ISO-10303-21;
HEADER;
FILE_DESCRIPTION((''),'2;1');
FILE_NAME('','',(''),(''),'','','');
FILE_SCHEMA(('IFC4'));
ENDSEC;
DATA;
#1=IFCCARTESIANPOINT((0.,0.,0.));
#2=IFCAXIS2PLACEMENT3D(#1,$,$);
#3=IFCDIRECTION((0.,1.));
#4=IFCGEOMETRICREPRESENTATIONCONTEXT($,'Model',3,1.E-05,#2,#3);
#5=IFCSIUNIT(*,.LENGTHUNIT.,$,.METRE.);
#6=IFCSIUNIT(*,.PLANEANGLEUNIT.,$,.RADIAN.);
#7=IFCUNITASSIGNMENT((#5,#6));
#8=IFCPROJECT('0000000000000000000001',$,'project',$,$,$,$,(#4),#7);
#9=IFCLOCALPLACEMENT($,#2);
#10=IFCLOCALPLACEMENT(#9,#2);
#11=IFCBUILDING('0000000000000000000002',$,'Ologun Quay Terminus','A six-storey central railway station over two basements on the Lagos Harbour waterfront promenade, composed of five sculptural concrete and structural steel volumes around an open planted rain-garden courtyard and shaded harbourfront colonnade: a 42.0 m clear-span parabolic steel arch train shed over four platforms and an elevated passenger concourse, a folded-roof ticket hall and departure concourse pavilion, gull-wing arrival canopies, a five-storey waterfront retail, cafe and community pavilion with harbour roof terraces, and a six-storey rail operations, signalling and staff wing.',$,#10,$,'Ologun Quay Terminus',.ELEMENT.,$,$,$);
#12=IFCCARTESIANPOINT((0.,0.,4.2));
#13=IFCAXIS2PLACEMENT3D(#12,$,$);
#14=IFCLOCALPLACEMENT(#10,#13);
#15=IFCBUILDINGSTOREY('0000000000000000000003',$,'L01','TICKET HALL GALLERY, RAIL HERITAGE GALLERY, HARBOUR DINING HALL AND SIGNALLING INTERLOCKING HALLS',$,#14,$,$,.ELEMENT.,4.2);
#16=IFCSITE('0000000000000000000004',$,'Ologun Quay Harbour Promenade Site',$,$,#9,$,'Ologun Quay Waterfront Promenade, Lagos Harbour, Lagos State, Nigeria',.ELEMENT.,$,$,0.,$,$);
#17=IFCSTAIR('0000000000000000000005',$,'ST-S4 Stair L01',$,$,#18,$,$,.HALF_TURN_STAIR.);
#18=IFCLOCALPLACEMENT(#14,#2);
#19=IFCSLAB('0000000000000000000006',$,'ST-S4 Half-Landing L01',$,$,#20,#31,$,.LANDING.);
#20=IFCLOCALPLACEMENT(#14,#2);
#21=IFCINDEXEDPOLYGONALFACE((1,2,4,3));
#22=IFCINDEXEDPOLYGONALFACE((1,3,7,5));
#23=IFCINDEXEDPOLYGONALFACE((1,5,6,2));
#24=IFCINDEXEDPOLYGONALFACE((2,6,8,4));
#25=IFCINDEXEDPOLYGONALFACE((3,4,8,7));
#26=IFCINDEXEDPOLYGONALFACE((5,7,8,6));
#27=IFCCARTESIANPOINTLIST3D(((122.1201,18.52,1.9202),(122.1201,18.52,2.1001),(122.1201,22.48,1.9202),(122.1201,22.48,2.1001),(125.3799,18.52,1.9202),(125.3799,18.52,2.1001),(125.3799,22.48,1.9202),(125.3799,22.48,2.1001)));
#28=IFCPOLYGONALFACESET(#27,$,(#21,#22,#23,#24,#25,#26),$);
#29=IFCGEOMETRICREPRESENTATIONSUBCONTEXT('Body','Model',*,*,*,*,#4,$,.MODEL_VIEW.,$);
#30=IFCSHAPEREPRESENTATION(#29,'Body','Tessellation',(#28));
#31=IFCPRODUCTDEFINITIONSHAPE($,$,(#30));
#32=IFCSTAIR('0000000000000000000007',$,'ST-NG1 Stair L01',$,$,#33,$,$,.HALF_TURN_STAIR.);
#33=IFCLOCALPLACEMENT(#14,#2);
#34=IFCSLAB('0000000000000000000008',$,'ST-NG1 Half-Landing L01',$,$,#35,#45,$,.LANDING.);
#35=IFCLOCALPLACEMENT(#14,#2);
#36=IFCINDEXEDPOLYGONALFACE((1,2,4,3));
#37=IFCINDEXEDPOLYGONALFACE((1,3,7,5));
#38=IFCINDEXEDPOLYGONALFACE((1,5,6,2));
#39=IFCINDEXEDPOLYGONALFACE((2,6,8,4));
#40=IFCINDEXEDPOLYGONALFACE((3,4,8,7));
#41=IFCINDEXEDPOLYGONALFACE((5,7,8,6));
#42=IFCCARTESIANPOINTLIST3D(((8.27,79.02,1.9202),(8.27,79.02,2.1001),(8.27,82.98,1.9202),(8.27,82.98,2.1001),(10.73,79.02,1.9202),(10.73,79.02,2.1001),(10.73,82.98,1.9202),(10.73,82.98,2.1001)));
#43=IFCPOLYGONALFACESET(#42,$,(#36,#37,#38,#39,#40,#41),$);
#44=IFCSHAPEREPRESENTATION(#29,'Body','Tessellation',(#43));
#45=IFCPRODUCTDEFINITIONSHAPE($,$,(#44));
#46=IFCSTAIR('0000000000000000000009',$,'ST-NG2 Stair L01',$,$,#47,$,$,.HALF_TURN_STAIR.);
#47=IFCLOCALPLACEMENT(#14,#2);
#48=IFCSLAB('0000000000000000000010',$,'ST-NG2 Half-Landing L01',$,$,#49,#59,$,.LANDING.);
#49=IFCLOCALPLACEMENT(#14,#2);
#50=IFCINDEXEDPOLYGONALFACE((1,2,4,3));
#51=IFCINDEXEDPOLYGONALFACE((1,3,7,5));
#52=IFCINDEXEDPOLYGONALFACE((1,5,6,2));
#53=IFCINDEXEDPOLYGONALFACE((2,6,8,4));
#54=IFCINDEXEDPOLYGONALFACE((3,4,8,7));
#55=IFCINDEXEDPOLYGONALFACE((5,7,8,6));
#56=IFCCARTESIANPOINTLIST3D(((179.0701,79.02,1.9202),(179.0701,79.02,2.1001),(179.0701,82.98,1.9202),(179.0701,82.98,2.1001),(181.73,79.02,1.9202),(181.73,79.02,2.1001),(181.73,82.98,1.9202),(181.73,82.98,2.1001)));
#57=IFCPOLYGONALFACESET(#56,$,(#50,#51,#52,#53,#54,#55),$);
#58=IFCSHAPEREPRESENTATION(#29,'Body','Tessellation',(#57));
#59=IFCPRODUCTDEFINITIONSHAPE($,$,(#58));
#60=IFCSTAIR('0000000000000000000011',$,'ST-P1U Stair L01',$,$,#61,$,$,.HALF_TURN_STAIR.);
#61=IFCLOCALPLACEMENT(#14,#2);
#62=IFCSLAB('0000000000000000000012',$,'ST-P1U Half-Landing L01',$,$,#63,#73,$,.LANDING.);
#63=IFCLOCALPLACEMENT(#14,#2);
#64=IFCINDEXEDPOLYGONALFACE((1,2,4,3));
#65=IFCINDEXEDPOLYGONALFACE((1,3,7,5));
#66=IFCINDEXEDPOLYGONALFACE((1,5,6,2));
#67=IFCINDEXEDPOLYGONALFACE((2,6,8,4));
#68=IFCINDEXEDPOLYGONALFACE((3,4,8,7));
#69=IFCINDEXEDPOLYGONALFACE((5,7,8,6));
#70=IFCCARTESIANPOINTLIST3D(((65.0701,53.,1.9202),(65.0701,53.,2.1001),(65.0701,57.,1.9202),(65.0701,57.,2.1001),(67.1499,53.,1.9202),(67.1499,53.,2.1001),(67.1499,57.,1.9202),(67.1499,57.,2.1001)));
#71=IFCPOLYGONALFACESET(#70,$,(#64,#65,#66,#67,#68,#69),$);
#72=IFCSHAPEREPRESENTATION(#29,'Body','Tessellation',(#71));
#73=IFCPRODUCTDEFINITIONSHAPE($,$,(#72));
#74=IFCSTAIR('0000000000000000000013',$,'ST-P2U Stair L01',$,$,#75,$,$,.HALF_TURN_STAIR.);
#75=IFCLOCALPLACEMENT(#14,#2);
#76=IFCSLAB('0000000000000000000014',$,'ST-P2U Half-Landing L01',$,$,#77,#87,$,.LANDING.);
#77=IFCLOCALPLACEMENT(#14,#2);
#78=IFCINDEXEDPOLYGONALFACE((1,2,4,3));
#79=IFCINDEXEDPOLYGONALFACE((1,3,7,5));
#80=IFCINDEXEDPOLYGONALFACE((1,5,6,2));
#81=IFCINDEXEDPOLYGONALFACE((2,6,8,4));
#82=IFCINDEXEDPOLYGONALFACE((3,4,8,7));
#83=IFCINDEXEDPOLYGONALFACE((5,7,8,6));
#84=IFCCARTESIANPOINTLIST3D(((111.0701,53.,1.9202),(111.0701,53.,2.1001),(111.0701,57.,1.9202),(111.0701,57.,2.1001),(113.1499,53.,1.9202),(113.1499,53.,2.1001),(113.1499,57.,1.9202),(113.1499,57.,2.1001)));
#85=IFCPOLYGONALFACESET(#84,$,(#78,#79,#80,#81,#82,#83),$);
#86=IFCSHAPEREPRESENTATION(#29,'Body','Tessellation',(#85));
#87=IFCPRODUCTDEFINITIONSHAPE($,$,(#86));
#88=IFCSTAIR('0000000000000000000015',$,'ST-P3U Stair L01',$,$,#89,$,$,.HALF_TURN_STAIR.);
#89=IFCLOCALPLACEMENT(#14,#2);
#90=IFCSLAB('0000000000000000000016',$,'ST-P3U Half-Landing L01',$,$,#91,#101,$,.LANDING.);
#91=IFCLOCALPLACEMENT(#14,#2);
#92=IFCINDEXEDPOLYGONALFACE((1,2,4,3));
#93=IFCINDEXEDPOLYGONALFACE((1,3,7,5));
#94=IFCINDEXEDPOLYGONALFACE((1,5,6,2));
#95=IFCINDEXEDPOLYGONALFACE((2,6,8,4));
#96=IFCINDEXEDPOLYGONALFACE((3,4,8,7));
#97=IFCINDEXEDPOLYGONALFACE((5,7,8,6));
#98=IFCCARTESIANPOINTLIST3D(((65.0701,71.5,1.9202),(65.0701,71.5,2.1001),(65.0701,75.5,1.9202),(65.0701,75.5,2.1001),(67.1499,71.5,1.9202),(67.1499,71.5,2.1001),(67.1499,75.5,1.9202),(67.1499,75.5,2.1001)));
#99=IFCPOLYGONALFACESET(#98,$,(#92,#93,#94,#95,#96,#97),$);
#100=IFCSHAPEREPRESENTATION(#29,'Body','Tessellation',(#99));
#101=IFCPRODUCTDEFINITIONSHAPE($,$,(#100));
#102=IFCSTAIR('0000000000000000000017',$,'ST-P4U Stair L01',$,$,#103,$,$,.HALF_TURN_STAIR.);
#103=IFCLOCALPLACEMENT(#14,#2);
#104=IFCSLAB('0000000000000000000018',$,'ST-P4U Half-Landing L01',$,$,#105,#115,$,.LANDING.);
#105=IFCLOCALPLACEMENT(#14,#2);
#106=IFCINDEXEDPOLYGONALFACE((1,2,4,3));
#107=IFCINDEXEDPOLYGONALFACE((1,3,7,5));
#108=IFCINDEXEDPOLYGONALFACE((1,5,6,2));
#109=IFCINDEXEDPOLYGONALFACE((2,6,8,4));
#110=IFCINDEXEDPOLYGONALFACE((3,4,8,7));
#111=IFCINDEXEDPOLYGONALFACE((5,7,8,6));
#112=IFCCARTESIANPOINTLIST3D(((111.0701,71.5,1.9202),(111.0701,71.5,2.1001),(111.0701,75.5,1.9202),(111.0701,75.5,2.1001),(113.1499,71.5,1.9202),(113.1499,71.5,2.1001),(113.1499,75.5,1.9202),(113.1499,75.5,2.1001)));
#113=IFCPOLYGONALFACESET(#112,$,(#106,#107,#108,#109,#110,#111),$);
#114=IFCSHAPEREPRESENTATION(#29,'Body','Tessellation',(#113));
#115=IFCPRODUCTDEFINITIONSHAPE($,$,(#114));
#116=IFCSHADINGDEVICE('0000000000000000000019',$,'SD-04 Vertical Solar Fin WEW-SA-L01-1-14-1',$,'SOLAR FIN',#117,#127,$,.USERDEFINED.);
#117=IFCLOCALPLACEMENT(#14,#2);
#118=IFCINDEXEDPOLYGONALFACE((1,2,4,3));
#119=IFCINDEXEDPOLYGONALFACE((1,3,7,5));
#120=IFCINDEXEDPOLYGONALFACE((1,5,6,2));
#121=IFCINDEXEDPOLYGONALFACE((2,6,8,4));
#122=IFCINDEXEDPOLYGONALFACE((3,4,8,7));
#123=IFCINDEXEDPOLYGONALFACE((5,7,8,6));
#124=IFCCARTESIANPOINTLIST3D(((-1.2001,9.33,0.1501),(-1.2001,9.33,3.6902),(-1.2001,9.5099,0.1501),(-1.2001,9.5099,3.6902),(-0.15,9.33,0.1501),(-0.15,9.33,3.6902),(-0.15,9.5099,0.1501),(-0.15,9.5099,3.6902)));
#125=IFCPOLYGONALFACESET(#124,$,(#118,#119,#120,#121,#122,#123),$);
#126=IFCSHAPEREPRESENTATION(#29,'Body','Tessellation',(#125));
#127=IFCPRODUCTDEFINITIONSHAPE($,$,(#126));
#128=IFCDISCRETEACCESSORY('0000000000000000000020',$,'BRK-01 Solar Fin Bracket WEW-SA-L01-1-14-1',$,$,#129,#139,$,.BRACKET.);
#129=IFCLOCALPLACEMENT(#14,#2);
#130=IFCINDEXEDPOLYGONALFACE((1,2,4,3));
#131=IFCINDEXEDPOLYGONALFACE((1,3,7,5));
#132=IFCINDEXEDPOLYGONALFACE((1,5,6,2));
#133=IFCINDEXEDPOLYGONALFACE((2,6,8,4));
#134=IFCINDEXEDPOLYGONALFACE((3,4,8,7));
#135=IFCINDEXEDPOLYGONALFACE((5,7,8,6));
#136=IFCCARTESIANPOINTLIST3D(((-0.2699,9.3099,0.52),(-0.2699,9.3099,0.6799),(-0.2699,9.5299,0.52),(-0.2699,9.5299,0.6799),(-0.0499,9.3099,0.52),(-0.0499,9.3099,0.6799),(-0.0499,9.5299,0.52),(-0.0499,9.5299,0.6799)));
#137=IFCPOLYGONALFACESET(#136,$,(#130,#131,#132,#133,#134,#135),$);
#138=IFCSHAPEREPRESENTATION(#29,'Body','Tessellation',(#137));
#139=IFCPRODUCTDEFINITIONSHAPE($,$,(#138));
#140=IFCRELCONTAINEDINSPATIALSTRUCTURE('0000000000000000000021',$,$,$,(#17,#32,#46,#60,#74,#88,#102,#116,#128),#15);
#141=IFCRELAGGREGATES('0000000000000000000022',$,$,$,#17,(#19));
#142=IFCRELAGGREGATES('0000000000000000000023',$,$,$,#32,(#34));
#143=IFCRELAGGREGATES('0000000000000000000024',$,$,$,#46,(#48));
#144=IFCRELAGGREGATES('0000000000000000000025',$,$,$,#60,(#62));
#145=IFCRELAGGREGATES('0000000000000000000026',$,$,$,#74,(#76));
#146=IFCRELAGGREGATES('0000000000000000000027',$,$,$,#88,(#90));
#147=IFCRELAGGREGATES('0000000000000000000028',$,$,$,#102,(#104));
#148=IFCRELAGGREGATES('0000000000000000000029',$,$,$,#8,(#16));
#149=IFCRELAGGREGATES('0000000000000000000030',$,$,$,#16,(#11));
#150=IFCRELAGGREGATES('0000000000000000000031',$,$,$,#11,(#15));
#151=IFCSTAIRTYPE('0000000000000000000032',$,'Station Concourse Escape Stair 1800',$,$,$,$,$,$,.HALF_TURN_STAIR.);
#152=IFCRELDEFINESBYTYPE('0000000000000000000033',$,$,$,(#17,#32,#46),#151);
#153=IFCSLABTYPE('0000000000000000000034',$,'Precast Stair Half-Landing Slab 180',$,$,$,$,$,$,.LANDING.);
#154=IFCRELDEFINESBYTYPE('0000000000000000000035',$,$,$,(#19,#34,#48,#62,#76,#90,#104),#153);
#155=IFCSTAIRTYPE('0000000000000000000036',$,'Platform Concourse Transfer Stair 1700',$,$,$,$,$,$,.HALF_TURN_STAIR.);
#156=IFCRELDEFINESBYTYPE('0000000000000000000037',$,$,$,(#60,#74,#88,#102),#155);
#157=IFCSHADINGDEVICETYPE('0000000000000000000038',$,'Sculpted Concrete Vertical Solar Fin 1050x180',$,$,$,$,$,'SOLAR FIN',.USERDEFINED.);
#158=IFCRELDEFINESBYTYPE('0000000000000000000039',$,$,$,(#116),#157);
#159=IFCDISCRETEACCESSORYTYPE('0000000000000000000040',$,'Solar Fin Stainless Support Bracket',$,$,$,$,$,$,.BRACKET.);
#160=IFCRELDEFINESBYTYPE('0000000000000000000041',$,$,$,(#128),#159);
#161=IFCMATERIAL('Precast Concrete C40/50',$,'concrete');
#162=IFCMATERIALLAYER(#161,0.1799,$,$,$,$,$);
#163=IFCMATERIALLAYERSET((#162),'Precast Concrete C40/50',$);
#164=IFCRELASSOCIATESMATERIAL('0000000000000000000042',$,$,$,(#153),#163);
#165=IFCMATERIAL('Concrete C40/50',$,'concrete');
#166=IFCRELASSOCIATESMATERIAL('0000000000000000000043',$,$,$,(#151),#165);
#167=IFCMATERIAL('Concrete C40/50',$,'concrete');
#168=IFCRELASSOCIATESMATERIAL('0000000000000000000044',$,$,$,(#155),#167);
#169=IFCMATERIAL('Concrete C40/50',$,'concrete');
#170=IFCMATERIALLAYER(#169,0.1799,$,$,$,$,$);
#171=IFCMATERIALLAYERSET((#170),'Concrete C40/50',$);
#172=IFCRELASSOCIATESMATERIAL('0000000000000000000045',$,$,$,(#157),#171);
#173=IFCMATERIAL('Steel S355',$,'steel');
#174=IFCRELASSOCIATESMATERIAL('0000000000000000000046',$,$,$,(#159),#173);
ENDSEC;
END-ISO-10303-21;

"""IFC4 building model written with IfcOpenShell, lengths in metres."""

from ifc_helpers import new_model, si_unit, direction, frame, origin, origin_2d, place, context, subcontext, project, spatial, polyline, rectangle, outline, extrude, material, layer, layer_set, type_object, element, aggregate, save


model = new_model("IFC4")

# Units and contexts
model_context = context("Model", 3, precision=1e-05, world=origin(), true_north=direction((0.0, 1.0)))
body_context = subcontext(model_context, "Body", "Model", "MODEL_VIEW")
ifc_project = project(units=[si_unit("LENGTHUNIT", "METRE"), si_unit("PLANEANGLEUNIT", "RADIAN")], contexts=[model_context])

# Site, building, storey
site_placement = place(None, origin())
site = spatial("IfcSite", under=ifc_project, at=site_placement, Name="Ologun Quay Harbour Promenade Site", LongName="Ologun Quay Waterfront Promenade, Lagos Harbour, Lagos State, Nigeria", CompositionType="ELEMENT", RefElevation=0.0)
building_placement = place(site_placement, origin())
building = spatial("IfcBuilding", under=site, at=building_placement, Name="Ologun Quay Terminus", Description="A six-storey central railway station over two basements on the Lagos Harbour waterfront promenade, composed of five sculptural concrete and structural steel volumes around an open planted rain-garden courtyard and shaded harbourfront colonnade: a 42.0 m clear-span parabolic steel arch train shed over four platforms and an elevated passenger concourse, a folded-roof ticket hall and departure concourse pavilion, gull-wing arrival canopies, a five-storey waterfront retail, cafe and community pavilion with harbour roof terraces, and a six-storey rail operations, signalling and staff wing.", LongName="Ologun Quay Terminus", CompositionType="ELEMENT")
storey_placement = place(building_placement, frame((0.0, 0.0, 4.2)))
storey = spatial("IfcBuildingStorey", under=building, at=storey_placement, Name="L01", Description="TICKET HALL GALLERY, RAIL HERITAGE GALLERY, HARBOUR DINING HALL AND SIGNALLING INTERLOCKING HALLS", CompositionType="ELEMENT", Elevation=4.2)

# Stairs, slabs
ifc_material_1 = material(Name="Precast Concrete C40/50", Category="concrete")
ifc_layer_1 = layer(ifc_material_1, 0.1799)
ifc_layer_set_1 = layer_set([ifc_layer_1], Name="Precast Concrete C40/50")
slab_type_1 = type_object("IfcSlabType", Name="Precast Stair Half-Landing Slab 180", PredefinedType="LANDING", material=ifc_layer_set_1)
ifc_material_2 = material(Name="Concrete C40/50", Category="concrete")
stair_type_1 = type_object("IfcStairType", Name="Station Concourse Escape Stair 1800", PredefinedType="HALF_TURN_STAIR", material=ifc_material_2)
stair_1_placement = place(storey_placement, origin())
stair_1 = element("IfcStair", 1, at=stair_1_placement, inside=storey, type_object=stair_type_1, Name="ST-S4 Stair L01", PredefinedType="HALF_TURN_STAIR")
slab_1_placement = place(storey_placement, frame((0.0, 0.0, 1.9202)))
slab_1 = element("IfcSlab", 2, at=slab_1_placement, type_object=slab_type_1, Name="ST-S4 Half-Landing L01", PredefinedType="LANDING", context=body_context, shape_type="SweptSolid", body=[
    extrude(outline(polyline([(122.1201, 18.52), (125.3799, 18.52), (125.3799, 22.48), (122.1201, 22.48), (122.1201, 18.52)])), origin(), (0.0, 0.0, 1.0), 0.1799),
])
aggregate(stair_1, [slab_1])
stair_2_placement = place(storey_placement, origin())
stair_2 = element("IfcStair", 3, at=stair_2_placement, inside=storey, type_object=stair_type_1, Name="ST-NG1 Stair L01", PredefinedType="HALF_TURN_STAIR")
slab_2_placement = place(storey_placement, frame((0.0, 0.0, 1.9202)))
slab_2 = element("IfcSlab", 4, at=slab_2_placement, type_object=slab_type_1, Name="ST-NG1 Half-Landing L01", PredefinedType="LANDING", context=body_context, shape_type="SweptSolid", body=[
    extrude(outline(polyline([(8.27, 79.02), (10.73, 79.02), (10.73, 82.98), (8.27, 82.98), (8.27, 79.02)])), origin(), (0.0, 0.0, 1.0), 0.1799),
])
aggregate(stair_2, [slab_2])
stair_3_placement = place(storey_placement, origin())
stair_3 = element("IfcStair", 5, at=stair_3_placement, inside=storey, type_object=stair_type_1, Name="ST-NG2 Stair L01", PredefinedType="HALF_TURN_STAIR")
slab_3_placement = place(storey_placement, frame((0.0, 0.0, 1.9202)))
slab_3 = element("IfcSlab", 6, at=slab_3_placement, type_object=slab_type_1, Name="ST-NG2 Half-Landing L01", PredefinedType="LANDING", context=body_context, shape_type="SweptSolid", body=[
    extrude(outline(polyline([(179.0701, 79.02), (181.73, 79.02), (181.73, 82.98), (179.0701, 82.98), (179.0701, 79.02)])), origin(), (0.0, 0.0, 1.0), 0.1799),
])
aggregate(stair_3, [slab_3])
ifc_material_3 = material(Name="Concrete C40/50", Category="concrete")
stair_type_2 = type_object("IfcStairType", Name="Platform Concourse Transfer Stair 1700", PredefinedType="HALF_TURN_STAIR", material=ifc_material_3)
stair_4_placement = place(storey_placement, origin())
stair_4 = element("IfcStair", 7, at=stair_4_placement, inside=storey, type_object=stair_type_2, Name="ST-P1U Stair L01", PredefinedType="HALF_TURN_STAIR")
slab_4_placement = place(storey_placement, frame((0.0, 0.0, 1.9202)))
slab_4 = element("IfcSlab", 8, at=slab_4_placement, type_object=slab_type_1, Name="ST-P1U Half-Landing L01", PredefinedType="LANDING", context=body_context, shape_type="SweptSolid", body=[
    extrude(outline(polyline([(65.0701, 53.0), (67.1499, 53.0), (67.1499, 57.0), (65.0701, 57.0), (65.0701, 53.0)])), origin(), (0.0, 0.0, 1.0), 0.1799),
])
aggregate(stair_4, [slab_4])
stair_5_placement = place(storey_placement, origin())
stair_5 = element("IfcStair", 9, at=stair_5_placement, inside=storey, type_object=stair_type_2, Name="ST-P2U Stair L01", PredefinedType="HALF_TURN_STAIR")
slab_5_placement = place(storey_placement, frame((0.0, 0.0, 1.9202)))
slab_5 = element("IfcSlab", 10, at=slab_5_placement, type_object=slab_type_1, Name="ST-P2U Half-Landing L01", PredefinedType="LANDING", context=body_context, shape_type="SweptSolid", body=[
    extrude(outline(polyline([(111.0701, 53.0), (113.1499, 53.0), (113.1499, 57.0), (111.0701, 57.0), (111.0701, 53.0)])), origin(), (0.0, 0.0, 1.0), 0.1799),
])
aggregate(stair_5, [slab_5])
stair_6_placement = place(storey_placement, origin())
stair_6 = element("IfcStair", 11, at=stair_6_placement, inside=storey, type_object=stair_type_2, Name="ST-P3U Stair L01", PredefinedType="HALF_TURN_STAIR")
slab_6_placement = place(storey_placement, frame((0.0, 0.0, 1.9202)))
slab_6 = element("IfcSlab", 12, at=slab_6_placement, type_object=slab_type_1, Name="ST-P3U Half-Landing L01", PredefinedType="LANDING", context=body_context, shape_type="SweptSolid", body=[
    extrude(outline(polyline([(65.0701, 71.5), (67.1499, 71.5), (67.1499, 75.5), (65.0701, 75.5), (65.0701, 71.5)])), origin(), (0.0, 0.0, 1.0), 0.1799),
])
aggregate(stair_6, [slab_6])
stair_7_placement = place(storey_placement, origin())
stair_7 = element("IfcStair", 13, at=stair_7_placement, inside=storey, type_object=stair_type_2, Name="ST-P4U Stair L01", PredefinedType="HALF_TURN_STAIR")
slab_7_placement = place(storey_placement, frame((0.0, 0.0, 1.9202)))
slab_7 = element("IfcSlab", 14, at=slab_7_placement, type_object=slab_type_1, Name="ST-P4U Half-Landing L01", PredefinedType="LANDING", context=body_context, shape_type="SweptSolid", body=[
    extrude(outline(polyline([(111.0701, 71.5), (113.1499, 71.5), (113.1499, 75.5), (111.0701, 75.5), (111.0701, 71.5)])), origin(), (0.0, 0.0, 1.0), 0.1799),
])
aggregate(stair_7, [slab_7])

# Shading device
ifc_material_4 = material(Name="Concrete C40/50", Category="concrete")
ifc_layer_2 = layer(ifc_material_4, 0.1799)
ifc_layer_set_2 = layer_set([ifc_layer_2], Name="Concrete C40/50")
shading_device_type = type_object("IfcShadingDeviceType", Name="Sculpted Concrete Vertical Solar Fin 1050x180", ElementType="SOLAR FIN", PredefinedType="USERDEFINED", material=ifc_layer_set_2)
shading_device_placement = place(storey_placement, frame((-0.675, 9.4199, 0.1501), z_axis=(0.0, 0.0, 1.0), x_axis=(1.0, 0.0, 0.0)))
element("IfcShadingDevice", 15, at=shading_device_placement, inside=storey, type_object=shading_device_type, Name="SD-04 Vertical Solar Fin WEW-SA-L01-1-14-1", ObjectType="SOLAR FIN", PredefinedType="USERDEFINED", context=body_context, shape_type="SweptSolid", body=[
    extrude(rectangle(XDim=1.05, YDim=0.1799, at=origin_2d()), origin(), (0.0, 0.0, 1.0), 3.54),
])

# Discrete accessory
ifc_material_5 = material(Name="Steel S355", Category="steel")
discrete_accessory_type = type_object("IfcDiscreteAccessoryType", Name="Solar Fin Stainless Support Bracket", PredefinedType="BRACKET", material=ifc_material_5)
discrete_accessory_placement = place(storey_placement, frame((-0.1599, 9.4199, 0.52), z_axis=(0.0, 0.0, 1.0), x_axis=(1.0, 0.0, 0.0)))
element("IfcDiscreteAccessory", 16, at=discrete_accessory_placement, inside=storey, type_object=discrete_accessory_type, Name="BRK-01 Solar Fin Bracket WEW-SA-L01-1-14-1", PredefinedType="BRACKET", context=body_context, shape_type="SweptSolid", body=[
    extrude(rectangle(XDim=0.22, YDim=0.22, at=origin_2d()), origin(), (0.0, 0.0, 1.0), 0.1599),
])

save(model, "model.ifc")
